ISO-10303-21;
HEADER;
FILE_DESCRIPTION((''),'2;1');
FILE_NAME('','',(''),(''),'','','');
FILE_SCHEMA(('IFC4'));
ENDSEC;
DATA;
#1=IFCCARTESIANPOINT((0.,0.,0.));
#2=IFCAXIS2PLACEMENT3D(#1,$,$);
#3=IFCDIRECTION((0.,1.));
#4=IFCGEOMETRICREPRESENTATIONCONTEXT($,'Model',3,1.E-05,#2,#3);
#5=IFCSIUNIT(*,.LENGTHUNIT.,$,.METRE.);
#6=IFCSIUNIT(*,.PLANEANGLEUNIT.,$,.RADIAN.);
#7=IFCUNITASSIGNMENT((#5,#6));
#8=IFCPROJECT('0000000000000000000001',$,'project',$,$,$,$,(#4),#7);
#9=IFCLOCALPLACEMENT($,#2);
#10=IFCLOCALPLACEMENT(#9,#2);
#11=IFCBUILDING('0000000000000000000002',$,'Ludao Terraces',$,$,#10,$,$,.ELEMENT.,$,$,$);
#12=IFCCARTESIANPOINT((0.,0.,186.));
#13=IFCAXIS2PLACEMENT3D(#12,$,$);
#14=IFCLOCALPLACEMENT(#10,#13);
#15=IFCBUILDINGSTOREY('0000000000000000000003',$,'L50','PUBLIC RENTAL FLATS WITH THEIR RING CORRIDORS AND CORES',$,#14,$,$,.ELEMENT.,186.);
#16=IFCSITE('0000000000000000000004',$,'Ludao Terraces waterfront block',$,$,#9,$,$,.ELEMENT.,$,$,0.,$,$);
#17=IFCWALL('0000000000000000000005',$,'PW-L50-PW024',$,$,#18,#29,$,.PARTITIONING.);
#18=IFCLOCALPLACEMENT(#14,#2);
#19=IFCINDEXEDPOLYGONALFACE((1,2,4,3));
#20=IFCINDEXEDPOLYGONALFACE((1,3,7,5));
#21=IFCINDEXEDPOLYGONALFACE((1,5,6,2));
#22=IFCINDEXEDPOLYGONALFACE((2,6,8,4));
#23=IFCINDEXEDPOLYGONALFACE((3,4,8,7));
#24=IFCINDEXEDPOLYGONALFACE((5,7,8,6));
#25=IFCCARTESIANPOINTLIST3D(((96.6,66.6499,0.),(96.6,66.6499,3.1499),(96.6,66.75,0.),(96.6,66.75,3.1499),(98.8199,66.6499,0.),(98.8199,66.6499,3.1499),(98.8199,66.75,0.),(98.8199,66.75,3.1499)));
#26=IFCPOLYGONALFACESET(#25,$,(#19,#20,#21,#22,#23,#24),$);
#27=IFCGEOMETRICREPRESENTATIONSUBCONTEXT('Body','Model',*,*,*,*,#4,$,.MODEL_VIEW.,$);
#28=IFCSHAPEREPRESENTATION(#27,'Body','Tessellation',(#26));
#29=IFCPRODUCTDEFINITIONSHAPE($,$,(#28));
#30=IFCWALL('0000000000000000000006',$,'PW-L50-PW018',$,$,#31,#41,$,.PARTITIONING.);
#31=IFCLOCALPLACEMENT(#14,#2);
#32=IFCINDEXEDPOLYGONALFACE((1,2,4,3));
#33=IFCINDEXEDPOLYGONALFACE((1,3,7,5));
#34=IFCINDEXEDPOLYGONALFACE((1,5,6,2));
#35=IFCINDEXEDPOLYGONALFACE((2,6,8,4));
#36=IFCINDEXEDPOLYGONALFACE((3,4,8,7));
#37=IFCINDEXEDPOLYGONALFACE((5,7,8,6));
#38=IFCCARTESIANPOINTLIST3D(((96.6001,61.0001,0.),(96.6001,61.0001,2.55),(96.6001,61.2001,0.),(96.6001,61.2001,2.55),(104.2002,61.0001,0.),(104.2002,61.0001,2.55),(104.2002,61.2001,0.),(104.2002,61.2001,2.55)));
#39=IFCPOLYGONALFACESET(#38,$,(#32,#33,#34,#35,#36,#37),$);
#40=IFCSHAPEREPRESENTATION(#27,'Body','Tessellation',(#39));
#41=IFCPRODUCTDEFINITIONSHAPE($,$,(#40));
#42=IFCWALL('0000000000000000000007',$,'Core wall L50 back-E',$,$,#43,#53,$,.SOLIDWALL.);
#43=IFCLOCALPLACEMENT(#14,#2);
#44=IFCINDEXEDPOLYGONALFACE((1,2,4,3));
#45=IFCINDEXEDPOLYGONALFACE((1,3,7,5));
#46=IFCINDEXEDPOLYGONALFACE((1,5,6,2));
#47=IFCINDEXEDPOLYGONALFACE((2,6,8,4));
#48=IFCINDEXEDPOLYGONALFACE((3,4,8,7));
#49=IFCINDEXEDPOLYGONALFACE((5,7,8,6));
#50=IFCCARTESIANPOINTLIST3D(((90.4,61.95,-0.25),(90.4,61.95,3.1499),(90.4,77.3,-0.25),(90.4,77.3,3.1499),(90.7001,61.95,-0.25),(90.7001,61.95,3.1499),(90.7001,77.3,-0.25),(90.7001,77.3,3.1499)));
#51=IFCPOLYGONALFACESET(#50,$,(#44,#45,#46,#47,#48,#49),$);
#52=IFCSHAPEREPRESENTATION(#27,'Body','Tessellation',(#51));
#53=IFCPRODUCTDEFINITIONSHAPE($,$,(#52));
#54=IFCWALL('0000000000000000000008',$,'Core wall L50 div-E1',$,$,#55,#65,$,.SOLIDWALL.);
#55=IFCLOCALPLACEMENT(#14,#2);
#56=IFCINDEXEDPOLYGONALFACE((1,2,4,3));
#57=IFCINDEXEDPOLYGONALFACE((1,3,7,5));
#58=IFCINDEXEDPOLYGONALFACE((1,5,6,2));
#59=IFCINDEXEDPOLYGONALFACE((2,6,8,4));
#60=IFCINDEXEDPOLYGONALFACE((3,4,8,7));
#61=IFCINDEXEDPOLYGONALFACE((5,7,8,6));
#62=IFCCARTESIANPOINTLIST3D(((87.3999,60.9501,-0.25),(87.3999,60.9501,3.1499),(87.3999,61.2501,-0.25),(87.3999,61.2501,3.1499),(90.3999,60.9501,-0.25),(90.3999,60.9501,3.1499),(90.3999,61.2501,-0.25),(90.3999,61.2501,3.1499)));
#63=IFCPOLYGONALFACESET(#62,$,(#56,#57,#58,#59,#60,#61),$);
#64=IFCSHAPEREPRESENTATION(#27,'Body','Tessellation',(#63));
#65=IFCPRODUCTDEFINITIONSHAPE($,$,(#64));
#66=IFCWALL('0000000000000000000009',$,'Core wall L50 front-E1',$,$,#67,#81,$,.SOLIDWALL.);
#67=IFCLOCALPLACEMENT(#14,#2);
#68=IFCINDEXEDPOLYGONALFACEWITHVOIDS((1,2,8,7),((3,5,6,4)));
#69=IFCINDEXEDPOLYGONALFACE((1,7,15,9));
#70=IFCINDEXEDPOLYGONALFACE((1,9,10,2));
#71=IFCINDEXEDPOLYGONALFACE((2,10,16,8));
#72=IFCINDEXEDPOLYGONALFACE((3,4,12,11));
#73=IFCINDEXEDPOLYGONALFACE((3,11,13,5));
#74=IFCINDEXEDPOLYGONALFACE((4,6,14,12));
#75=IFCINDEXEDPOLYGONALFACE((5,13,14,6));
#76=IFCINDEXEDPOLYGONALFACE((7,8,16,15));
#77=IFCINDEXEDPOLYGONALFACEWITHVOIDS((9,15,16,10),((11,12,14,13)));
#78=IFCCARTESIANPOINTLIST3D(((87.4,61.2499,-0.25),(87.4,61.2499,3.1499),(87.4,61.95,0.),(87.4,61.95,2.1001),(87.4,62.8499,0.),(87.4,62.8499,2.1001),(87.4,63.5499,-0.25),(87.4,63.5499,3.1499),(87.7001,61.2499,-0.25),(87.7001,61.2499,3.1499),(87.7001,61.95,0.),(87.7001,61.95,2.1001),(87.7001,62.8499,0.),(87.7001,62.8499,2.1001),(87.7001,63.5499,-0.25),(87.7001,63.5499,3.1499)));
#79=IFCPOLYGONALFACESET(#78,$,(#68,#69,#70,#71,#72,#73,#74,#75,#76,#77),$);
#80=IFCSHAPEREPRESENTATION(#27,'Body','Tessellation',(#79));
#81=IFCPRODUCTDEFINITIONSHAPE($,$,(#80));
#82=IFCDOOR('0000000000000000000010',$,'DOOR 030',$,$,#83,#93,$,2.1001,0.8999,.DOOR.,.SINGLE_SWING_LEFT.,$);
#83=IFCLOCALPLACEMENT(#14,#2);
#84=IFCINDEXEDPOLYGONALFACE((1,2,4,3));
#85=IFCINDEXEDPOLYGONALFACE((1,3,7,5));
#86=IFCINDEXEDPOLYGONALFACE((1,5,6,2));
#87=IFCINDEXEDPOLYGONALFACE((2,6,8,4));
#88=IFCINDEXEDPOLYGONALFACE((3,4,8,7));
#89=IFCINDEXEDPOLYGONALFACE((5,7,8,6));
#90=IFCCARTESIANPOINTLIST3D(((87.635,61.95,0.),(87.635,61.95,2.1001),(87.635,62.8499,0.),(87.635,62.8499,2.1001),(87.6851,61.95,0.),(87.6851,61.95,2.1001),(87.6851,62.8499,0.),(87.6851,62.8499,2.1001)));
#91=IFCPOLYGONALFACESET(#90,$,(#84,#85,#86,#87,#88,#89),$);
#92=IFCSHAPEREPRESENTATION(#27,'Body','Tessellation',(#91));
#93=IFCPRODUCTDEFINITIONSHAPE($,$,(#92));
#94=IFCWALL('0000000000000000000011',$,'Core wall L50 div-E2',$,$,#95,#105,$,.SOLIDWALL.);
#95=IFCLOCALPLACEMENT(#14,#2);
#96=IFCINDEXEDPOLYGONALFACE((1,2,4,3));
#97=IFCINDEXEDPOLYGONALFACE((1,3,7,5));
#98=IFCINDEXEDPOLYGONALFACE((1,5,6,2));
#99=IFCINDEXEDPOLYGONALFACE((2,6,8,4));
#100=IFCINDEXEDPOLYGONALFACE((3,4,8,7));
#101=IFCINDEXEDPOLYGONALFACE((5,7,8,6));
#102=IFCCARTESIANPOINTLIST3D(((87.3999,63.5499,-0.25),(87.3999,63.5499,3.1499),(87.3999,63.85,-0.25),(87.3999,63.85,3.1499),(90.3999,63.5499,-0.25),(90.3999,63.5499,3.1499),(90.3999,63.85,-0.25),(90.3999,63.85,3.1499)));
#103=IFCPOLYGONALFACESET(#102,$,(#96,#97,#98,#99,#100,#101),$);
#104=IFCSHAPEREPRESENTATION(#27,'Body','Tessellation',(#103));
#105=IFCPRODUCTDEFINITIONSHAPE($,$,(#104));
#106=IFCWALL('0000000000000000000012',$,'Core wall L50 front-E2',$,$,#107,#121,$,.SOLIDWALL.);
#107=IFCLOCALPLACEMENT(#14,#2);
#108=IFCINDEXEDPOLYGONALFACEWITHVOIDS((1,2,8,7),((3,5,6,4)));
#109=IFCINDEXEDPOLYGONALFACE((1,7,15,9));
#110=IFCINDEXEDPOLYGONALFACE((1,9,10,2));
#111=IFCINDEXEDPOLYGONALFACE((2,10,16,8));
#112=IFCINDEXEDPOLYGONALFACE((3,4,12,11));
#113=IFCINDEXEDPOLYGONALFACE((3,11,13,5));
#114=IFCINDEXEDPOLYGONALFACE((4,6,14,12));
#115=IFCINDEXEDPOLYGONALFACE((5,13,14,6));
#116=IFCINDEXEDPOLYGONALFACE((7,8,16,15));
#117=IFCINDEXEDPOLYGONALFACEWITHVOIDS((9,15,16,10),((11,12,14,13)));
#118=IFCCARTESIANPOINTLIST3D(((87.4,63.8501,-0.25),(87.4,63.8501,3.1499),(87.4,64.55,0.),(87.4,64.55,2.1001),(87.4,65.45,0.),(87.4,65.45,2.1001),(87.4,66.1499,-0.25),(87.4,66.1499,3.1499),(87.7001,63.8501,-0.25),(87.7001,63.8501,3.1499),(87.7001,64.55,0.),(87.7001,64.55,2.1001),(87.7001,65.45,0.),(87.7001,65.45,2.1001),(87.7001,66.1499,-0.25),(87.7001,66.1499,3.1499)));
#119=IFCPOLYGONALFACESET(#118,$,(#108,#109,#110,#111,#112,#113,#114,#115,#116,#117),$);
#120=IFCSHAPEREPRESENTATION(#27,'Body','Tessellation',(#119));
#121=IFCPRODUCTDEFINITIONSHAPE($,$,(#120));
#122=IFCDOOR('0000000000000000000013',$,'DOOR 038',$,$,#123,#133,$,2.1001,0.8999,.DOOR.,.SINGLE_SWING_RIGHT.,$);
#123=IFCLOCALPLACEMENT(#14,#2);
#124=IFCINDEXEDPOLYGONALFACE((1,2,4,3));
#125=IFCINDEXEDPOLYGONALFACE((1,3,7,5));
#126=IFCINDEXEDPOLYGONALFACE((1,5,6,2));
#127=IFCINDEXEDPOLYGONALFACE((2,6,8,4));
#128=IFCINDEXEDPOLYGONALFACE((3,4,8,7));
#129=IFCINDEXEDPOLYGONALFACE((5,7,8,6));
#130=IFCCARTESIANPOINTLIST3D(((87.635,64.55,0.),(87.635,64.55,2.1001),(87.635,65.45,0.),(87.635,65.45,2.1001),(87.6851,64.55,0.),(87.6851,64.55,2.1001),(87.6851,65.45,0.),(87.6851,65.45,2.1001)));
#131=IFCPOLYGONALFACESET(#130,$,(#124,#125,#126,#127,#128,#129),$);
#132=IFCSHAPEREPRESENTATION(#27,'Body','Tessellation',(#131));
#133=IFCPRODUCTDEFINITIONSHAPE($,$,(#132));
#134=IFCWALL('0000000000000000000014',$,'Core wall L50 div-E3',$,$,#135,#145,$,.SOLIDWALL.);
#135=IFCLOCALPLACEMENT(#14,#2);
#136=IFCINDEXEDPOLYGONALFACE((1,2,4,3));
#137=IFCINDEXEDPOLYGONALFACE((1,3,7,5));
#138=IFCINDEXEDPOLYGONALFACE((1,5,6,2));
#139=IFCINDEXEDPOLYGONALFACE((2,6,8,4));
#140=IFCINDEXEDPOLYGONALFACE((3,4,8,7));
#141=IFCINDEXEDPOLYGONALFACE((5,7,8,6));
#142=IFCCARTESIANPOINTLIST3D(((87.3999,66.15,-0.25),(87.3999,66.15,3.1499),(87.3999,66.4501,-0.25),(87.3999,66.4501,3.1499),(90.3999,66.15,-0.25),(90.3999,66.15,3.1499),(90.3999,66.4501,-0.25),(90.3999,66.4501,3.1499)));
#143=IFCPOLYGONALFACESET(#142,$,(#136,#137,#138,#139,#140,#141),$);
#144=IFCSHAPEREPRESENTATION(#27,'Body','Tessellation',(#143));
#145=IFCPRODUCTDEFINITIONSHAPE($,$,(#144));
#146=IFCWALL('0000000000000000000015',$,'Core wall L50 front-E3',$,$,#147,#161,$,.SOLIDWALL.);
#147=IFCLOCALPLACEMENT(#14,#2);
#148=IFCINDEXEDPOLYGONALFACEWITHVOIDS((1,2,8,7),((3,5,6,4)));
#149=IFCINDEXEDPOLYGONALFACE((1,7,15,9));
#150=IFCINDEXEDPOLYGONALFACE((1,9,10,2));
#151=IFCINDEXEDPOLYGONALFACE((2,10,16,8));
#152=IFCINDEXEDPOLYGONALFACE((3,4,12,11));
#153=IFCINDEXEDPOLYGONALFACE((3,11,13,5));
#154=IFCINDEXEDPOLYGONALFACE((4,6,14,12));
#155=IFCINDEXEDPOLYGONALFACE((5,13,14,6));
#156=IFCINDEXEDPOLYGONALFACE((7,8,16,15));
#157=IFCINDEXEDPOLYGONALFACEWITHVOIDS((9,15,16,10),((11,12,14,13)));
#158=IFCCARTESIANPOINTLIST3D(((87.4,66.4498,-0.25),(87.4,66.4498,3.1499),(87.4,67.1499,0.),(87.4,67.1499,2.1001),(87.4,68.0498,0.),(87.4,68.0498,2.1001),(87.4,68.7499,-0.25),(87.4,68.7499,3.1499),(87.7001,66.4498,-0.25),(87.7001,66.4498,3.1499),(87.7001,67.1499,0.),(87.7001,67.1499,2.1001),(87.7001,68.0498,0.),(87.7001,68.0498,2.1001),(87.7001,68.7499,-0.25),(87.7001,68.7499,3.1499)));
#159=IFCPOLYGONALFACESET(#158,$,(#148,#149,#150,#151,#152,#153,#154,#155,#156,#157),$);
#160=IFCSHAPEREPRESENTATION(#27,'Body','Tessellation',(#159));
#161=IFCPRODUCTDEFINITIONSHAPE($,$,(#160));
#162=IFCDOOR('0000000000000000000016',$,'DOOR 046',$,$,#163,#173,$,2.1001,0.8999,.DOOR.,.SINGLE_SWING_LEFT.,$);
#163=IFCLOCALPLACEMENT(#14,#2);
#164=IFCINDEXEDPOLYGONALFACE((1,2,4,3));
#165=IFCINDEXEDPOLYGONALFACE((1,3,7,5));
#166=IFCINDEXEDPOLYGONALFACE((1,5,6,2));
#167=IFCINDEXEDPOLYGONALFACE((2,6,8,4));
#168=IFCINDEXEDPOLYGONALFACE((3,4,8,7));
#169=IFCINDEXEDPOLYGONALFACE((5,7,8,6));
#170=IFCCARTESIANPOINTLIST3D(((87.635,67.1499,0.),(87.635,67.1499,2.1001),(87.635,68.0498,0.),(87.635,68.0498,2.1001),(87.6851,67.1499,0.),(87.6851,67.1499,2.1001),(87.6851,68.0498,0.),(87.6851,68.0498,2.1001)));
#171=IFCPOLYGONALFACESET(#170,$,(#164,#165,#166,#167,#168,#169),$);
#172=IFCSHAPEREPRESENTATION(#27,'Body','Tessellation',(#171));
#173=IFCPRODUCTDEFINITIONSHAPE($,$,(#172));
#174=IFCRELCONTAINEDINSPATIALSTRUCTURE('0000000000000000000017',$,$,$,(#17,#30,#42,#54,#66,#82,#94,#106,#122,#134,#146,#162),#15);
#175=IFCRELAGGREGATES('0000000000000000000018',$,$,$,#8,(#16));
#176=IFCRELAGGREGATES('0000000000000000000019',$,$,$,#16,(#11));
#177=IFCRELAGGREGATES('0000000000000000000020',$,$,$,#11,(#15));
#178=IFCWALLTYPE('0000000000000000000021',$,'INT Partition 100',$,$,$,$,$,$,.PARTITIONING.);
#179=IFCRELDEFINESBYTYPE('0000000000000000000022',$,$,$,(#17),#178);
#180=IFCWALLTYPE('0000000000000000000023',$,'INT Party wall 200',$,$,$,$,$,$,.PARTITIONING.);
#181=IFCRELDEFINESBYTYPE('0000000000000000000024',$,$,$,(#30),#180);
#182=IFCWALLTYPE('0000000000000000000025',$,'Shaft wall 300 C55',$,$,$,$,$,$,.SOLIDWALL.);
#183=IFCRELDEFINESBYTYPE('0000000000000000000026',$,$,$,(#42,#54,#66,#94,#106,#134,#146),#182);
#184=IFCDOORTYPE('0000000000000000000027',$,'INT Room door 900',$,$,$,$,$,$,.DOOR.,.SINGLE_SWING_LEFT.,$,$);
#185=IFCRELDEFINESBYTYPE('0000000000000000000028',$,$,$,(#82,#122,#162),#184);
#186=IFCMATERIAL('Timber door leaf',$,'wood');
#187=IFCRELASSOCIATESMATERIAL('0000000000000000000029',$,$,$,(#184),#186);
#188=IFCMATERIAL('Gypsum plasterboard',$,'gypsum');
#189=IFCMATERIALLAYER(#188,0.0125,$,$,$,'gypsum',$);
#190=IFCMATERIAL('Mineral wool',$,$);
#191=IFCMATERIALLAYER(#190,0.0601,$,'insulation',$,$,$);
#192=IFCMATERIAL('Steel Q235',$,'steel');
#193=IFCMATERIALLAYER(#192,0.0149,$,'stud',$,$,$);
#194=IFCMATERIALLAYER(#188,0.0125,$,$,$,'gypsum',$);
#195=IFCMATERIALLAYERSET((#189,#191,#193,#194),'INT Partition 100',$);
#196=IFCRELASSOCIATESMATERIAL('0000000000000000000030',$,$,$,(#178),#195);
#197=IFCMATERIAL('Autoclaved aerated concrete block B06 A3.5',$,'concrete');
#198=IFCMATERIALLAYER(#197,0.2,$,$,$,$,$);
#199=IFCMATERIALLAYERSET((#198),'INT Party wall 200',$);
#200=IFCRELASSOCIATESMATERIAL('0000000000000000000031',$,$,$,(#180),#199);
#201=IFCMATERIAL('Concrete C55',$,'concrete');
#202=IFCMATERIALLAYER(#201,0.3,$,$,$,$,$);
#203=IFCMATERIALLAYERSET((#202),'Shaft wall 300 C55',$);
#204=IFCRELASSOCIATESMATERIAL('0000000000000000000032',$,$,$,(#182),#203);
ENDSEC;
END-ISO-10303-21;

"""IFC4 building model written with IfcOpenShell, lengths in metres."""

from ifc_helpers import new_model, si_unit, direction, frame, frame_2d, origin, place, context, subcontext, project, spatial, rectangle, extrude, material, layer, layer_set, type_object, element, fill, save


model = new_model("IFC4")

# Units and contexts
model_context = context("Model", 3, precision=1e-05, world=origin(), true_north=direction((0.0, 1.0)))
body_context = subcontext(model_context, "Body", "Model", "MODEL_VIEW")
ifc_project = project(units=[si_unit("LENGTHUNIT", "METRE"), si_unit("PLANEANGLEUNIT", "RADIAN")], contexts=[model_context])

# Site, building, storey
site_placement = place(None, origin())
site = spatial("IfcSite", under=ifc_project, at=site_placement, Name="Ludao Terraces waterfront block", CompositionType="ELEMENT", RefElevation=0.0)
building_placement = place(site_placement, origin())
building = spatial("IfcBuilding", under=site, at=building_placement, Name="Ludao Terraces", CompositionType="ELEMENT")
storey_placement = place(building_placement, frame((0.0, 0.0, 186.0)))
storey = spatial("IfcBuildingStorey", under=building, at=storey_placement, Name="L50", Description="PUBLIC RENTAL FLATS WITH THEIR RING CORRIDORS AND CORES", CompositionType="ELEMENT", Elevation=186.0)

# Shared definitions
ifc_material_1 = material(Name="Steel Q235", Category="steel")
ifc_material_2 = material(Name="Timber door leaf", Category="wood")
door_type_1 = type_object("IfcDoorType", Name="INT Room door 900", OperationType="SINGLE_SWING_LEFT", PredefinedType="DOOR", material=ifc_material_2)

# Shared definitions
ifc_material_3 = material(Name="Mineral wool")

# Walls
ifc_material_4 = material(Name="Gypsum plasterboard", Category="gypsum")
ifc_layer_1 = layer(ifc_material_4, 0.0125, Category="gypsum")
ifc_layer_2 = layer(ifc_material_3, 0.0601, Name="insulation")
ifc_layer_3 = layer(ifc_material_1, 0.0149, Name="stud")
ifc_layer_4 = layer(ifc_material_4, 0.0125, Category="gypsum")
ifc_layer_set_1 = layer_set([ifc_layer_1, ifc_layer_2, ifc_layer_3, ifc_layer_4], Name="INT Partition 100")
wall_type_1 = type_object("IfcWallType", Name="INT Partition 100", PredefinedType="PARTITIONING", material=ifc_layer_set_1)
for number, where, z_axis, x_axis, name in (
    (1, (96.6001, 66.7, 0.0), (0.0, 0.0, 1.0), (1.0, 0.0, 0.0), "PW-L50-PW024"),
):
    element("IfcWall", number, at=place(storey_placement, frame(where, z_axis=z_axis, x_axis=x_axis)), inside=storey, type_object=wall_type_1, Name=name, PredefinedType="PARTITIONING", context=body_context, shape_type="SweptSolid", body=[
        extrude(rectangle(XDim=2.22, YDim=0.1001, at=frame_2d((1.1099, 0.0))), origin(), (0.0, 0.0, 1.0), 3.1499),
    ])
ifc_material_5 = material(Name="Autoclaved aerated concrete block B06 A3.5", Category="concrete")
ifc_layer_5 = layer(ifc_material_5, 0.2)
ifc_layer_set_2 = layer_set([ifc_layer_5], Name="INT Party wall 200")
wall_type_2 = type_object("IfcWallType", Name="INT Party wall 200", PredefinedType="PARTITIONING", material=ifc_layer_set_2)
wall_1_placement = place(storey_placement, frame((96.6001, 61.1001, 0.0), z_axis=(0.0, 0.0, 1.0), x_axis=(1.0, 0.0, 0.0)))
element("IfcWall", 2, at=wall_1_placement, inside=storey, type_object=wall_type_2, Name="PW-L50-PW018", PredefinedType="PARTITIONING", context=body_context, shape_type="SweptSolid", body=[
    extrude(rectangle(XDim=7.6001, YDim=0.2, at=frame_2d((3.8, 0.0))), origin(), (0.0, 0.0, 1.0), 2.55),
])
ifc_material_6 = material(Name="Concrete C55", Category="concrete")
ifc_layer_6 = layer(ifc_material_6, 0.3)
ifc_layer_set_3 = layer_set([ifc_layer_6], Name="Shaft wall 300 C55")
wall_type_3 = type_object("IfcWallType", Name="Shaft wall 300 C55", PredefinedType="SOLIDWALL", material=ifc_layer_set_3)
wall_2_placement = place(storey_placement, frame((90.55, 61.95, -0.25), z_axis=(0.0, 0.0, 1.0), x_axis=(0.0, 1.0, 0.0)))
element("IfcWall", 3, at=wall_2_placement, inside=storey, type_object=wall_type_3, Name="Core wall L50 back-E", PredefinedType="SOLIDWALL", context=body_context, shape_type="SweptSolid", body=[
    extrude(rectangle(XDim=15.3501, YDim=0.3, at=frame_2d((7.675, 0.0))), origin(), (0.0, 0.0, 1.0), 3.3999),
])
wall_3_placement = place(storey_placement, frame((87.3999, 61.1001, -0.25), z_axis=(0.0, 0.0, 1.0), x_axis=(1.0, 0.0, 0.0)))
element("IfcWall", 4, at=wall_3_placement, inside=storey, type_object=wall_type_3, Name="Core wall L50 div-E1", PredefinedType="SOLIDWALL", context=body_context, shape_type="SweptSolid", body=[
    extrude(rectangle(XDim=3.0, YDim=0.3, at=frame_2d((1.5, 0.0))), origin(), (0.0, 0.0, 1.0), 3.3999),
])

# Wall, opening, door
wall_4_placement = place(storey_placement, frame((87.55, 61.25, -0.25), z_axis=(0.0, 0.0, 1.0), x_axis=(0.0, 1.0, 0.0)))
wall_4 = element("IfcWall", 5, at=wall_4_placement, inside=storey, type_object=wall_type_3, Name="Core wall L50 front-E1", PredefinedType="SOLIDWALL", context=body_context, shape_type="SweptSolid", body=[
    extrude(rectangle(XDim=2.3, YDim=0.3, at=frame_2d((1.1499, 0.0))), origin(), (0.0, 0.0, 1.0), 3.3999),
])
opening_1_placement = place(wall_4_placement, frame((0.7, 0.0, 0.25)))
opening_1 = element("IfcOpeningElement", 6, at=opening_1_placement, cuts=wall_4, PredefinedType="OPENING", context=body_context, shape_type="SweptSolid", body=[
    extrude(rectangle(XDim=0.8999, YDim=2.1001, at=frame_2d((0.45, 1.05))), frame((0.0, 0.1602, 0.0), z_axis=(0.0, -1.0, 0.0), x_axis=(1.0, 0.0, 0.0)), (0.0, 0.0, 1.0), 0.3201),
])
door_1_placement = place(opening_1_placement, origin())
door_1 = element("IfcDoor", 7, at=door_1_placement, inside=storey, type_object=door_type_1, Name="DOOR 030", OperationType="SINGLE_SWING_LEFT", OverallHeight=2.1001, OverallWidth=0.8999, PredefinedType="DOOR", context=body_context, shape_type="SweptSolid", body=[
    extrude(rectangle(XDim=0.8999, YDim=2.1001, at=frame_2d((0.45, 1.05))), frame((0.0, -0.085, 0.0), z_axis=(0.0, -1.0, 0.0), x_axis=(1.0, 0.0, 0.0)), (0.0, 0.0, 1.0), 0.05),
])
fill(opening_1, door_1)

# Wall
wall_5_placement = place(storey_placement, frame((87.3999, 63.7, -0.25), z_axis=(0.0, 0.0, 1.0), x_axis=(1.0, 0.0, 0.0)))
element("IfcWall", 8, at=wall_5_placement, inside=storey, type_object=wall_type_3, Name="Core wall L50 div-E2", PredefinedType="SOLIDWALL", context=body_context, shape_type="SweptSolid", body=[
    extrude(rectangle(XDim=3.0, YDim=0.3, at=frame_2d((1.5, 0.0))), origin(), (0.0, 0.0, 1.0), 3.3999),
])

# Wall, opening, door
wall_6_placement = place(storey_placement, frame((87.55, 63.8501, -0.25), z_axis=(0.0, 0.0, 1.0), x_axis=(0.0, 1.0, 0.0)))
wall_6 = element("IfcWall", 9, at=wall_6_placement, inside=storey, type_object=wall_type_3, Name="Core wall L50 front-E2", PredefinedType="SOLIDWALL", context=body_context, shape_type="SweptSolid", body=[
    extrude(rectangle(XDim=2.2998, YDim=0.3, at=frame_2d((1.1499, 0.0))), origin(), (0.0, 0.0, 1.0), 3.3999),
])
opening_2_placement = place(wall_6_placement, frame((0.7, 0.0, 0.25)))
opening_2 = element("IfcOpeningElement", 10, at=opening_2_placement, cuts=wall_6, PredefinedType="OPENING", context=body_context, shape_type="SweptSolid", body=[
    extrude(rectangle(XDim=0.8999, YDim=2.1001, at=frame_2d((0.45, 1.05))), frame((0.0, 0.1602, 0.0), z_axis=(0.0, -1.0, 0.0), x_axis=(1.0, 0.0, 0.0)), (0.0, 0.0, 1.0), 0.3201),
])
door_2_placement = place(opening_2_placement, origin())
door_2 = element("IfcDoor", 11, at=door_2_placement, inside=storey, type_object=door_type_1, Name="DOOR 038", OperationType="SINGLE_SWING_RIGHT", OverallHeight=2.1001, OverallWidth=0.8999, PredefinedType="DOOR", context=body_context, shape_type="SweptSolid", body=[
    extrude(rectangle(XDim=0.8999, YDim=2.1001, at=frame_2d((0.45, 1.05))), frame((0.0, -0.085, 0.0), z_axis=(0.0, -1.0, 0.0), x_axis=(1.0, 0.0, 0.0)), (0.0, 0.0, 1.0), 0.05),
])
fill(opening_2, door_2)

# Wall
wall_7_placement = place(storey_placement, frame((87.3999, 66.3, -0.25), z_axis=(0.0, 0.0, 1.0), x_axis=(1.0, 0.0, 0.0)))
element("IfcWall", 12, at=wall_7_placement, inside=storey, type_object=wall_type_3, Name="Core wall L50 div-E3", PredefinedType="SOLIDWALL", context=body_context, shape_type="SweptSolid", body=[
    extrude(rectangle(XDim=3.0, YDim=0.3, at=frame_2d((1.5, 0.0))), origin(), (0.0, 0.0, 1.0), 3.3999),
])

# Wall, opening, door
wall_8_placement = place(storey_placement, frame((87.55, 66.45, -0.25), z_axis=(0.0, 0.0, 1.0), x_axis=(0.0, 1.0, 0.0)))
wall_8 = element("IfcWall", 13, at=wall_8_placement, inside=storey, type_object=wall_type_3, Name="Core wall L50 front-E3", PredefinedType="SOLIDWALL", context=body_context, shape_type="SweptSolid", body=[
    extrude(rectangle(XDim=2.3, YDim=0.3, at=frame_2d((1.1499, 0.0))), origin(), (0.0, 0.0, 1.0), 3.3999),
])
opening_3_placement = place(wall_8_placement, frame((0.7, 0.0, 0.25)))
opening_3 = element("IfcOpeningElement", 14, at=opening_3_placement, cuts=wall_8, PredefinedType="OPENING", context=body_context, shape_type="SweptSolid", body=[
    extrude(rectangle(XDim=0.8999, YDim=2.1001, at=frame_2d((0.45, 1.05))), frame((0.0, 0.1602, 0.0), z_axis=(0.0, -1.0, 0.0), x_axis=(1.0, 0.0, 0.0)), (0.0, 0.0, 1.0), 0.3201),
])
door_3_placement = place(opening_3_placement, origin())
door_3 = element("IfcDoor", 15, at=door_3_placement, inside=storey, type_object=door_type_1, Name="DOOR 046", OperationType="SINGLE_SWING_LEFT", OverallHeight=2.1001, OverallWidth=0.8999, PredefinedType="DOOR", context=body_context, shape_type="SweptSolid", body=[
    extrude(rectangle(XDim=0.8999, YDim=2.1001, at=frame_2d((0.45, 1.05))), frame((0.0, -0.085, 0.0), z_axis=(0.0, -1.0, 0.0), x_axis=(1.0, 0.0, 0.0)), (0.0, 0.0, 1.0), 0.05),
])
fill(opening_3, door_3)

save(model, "model.ifc")
